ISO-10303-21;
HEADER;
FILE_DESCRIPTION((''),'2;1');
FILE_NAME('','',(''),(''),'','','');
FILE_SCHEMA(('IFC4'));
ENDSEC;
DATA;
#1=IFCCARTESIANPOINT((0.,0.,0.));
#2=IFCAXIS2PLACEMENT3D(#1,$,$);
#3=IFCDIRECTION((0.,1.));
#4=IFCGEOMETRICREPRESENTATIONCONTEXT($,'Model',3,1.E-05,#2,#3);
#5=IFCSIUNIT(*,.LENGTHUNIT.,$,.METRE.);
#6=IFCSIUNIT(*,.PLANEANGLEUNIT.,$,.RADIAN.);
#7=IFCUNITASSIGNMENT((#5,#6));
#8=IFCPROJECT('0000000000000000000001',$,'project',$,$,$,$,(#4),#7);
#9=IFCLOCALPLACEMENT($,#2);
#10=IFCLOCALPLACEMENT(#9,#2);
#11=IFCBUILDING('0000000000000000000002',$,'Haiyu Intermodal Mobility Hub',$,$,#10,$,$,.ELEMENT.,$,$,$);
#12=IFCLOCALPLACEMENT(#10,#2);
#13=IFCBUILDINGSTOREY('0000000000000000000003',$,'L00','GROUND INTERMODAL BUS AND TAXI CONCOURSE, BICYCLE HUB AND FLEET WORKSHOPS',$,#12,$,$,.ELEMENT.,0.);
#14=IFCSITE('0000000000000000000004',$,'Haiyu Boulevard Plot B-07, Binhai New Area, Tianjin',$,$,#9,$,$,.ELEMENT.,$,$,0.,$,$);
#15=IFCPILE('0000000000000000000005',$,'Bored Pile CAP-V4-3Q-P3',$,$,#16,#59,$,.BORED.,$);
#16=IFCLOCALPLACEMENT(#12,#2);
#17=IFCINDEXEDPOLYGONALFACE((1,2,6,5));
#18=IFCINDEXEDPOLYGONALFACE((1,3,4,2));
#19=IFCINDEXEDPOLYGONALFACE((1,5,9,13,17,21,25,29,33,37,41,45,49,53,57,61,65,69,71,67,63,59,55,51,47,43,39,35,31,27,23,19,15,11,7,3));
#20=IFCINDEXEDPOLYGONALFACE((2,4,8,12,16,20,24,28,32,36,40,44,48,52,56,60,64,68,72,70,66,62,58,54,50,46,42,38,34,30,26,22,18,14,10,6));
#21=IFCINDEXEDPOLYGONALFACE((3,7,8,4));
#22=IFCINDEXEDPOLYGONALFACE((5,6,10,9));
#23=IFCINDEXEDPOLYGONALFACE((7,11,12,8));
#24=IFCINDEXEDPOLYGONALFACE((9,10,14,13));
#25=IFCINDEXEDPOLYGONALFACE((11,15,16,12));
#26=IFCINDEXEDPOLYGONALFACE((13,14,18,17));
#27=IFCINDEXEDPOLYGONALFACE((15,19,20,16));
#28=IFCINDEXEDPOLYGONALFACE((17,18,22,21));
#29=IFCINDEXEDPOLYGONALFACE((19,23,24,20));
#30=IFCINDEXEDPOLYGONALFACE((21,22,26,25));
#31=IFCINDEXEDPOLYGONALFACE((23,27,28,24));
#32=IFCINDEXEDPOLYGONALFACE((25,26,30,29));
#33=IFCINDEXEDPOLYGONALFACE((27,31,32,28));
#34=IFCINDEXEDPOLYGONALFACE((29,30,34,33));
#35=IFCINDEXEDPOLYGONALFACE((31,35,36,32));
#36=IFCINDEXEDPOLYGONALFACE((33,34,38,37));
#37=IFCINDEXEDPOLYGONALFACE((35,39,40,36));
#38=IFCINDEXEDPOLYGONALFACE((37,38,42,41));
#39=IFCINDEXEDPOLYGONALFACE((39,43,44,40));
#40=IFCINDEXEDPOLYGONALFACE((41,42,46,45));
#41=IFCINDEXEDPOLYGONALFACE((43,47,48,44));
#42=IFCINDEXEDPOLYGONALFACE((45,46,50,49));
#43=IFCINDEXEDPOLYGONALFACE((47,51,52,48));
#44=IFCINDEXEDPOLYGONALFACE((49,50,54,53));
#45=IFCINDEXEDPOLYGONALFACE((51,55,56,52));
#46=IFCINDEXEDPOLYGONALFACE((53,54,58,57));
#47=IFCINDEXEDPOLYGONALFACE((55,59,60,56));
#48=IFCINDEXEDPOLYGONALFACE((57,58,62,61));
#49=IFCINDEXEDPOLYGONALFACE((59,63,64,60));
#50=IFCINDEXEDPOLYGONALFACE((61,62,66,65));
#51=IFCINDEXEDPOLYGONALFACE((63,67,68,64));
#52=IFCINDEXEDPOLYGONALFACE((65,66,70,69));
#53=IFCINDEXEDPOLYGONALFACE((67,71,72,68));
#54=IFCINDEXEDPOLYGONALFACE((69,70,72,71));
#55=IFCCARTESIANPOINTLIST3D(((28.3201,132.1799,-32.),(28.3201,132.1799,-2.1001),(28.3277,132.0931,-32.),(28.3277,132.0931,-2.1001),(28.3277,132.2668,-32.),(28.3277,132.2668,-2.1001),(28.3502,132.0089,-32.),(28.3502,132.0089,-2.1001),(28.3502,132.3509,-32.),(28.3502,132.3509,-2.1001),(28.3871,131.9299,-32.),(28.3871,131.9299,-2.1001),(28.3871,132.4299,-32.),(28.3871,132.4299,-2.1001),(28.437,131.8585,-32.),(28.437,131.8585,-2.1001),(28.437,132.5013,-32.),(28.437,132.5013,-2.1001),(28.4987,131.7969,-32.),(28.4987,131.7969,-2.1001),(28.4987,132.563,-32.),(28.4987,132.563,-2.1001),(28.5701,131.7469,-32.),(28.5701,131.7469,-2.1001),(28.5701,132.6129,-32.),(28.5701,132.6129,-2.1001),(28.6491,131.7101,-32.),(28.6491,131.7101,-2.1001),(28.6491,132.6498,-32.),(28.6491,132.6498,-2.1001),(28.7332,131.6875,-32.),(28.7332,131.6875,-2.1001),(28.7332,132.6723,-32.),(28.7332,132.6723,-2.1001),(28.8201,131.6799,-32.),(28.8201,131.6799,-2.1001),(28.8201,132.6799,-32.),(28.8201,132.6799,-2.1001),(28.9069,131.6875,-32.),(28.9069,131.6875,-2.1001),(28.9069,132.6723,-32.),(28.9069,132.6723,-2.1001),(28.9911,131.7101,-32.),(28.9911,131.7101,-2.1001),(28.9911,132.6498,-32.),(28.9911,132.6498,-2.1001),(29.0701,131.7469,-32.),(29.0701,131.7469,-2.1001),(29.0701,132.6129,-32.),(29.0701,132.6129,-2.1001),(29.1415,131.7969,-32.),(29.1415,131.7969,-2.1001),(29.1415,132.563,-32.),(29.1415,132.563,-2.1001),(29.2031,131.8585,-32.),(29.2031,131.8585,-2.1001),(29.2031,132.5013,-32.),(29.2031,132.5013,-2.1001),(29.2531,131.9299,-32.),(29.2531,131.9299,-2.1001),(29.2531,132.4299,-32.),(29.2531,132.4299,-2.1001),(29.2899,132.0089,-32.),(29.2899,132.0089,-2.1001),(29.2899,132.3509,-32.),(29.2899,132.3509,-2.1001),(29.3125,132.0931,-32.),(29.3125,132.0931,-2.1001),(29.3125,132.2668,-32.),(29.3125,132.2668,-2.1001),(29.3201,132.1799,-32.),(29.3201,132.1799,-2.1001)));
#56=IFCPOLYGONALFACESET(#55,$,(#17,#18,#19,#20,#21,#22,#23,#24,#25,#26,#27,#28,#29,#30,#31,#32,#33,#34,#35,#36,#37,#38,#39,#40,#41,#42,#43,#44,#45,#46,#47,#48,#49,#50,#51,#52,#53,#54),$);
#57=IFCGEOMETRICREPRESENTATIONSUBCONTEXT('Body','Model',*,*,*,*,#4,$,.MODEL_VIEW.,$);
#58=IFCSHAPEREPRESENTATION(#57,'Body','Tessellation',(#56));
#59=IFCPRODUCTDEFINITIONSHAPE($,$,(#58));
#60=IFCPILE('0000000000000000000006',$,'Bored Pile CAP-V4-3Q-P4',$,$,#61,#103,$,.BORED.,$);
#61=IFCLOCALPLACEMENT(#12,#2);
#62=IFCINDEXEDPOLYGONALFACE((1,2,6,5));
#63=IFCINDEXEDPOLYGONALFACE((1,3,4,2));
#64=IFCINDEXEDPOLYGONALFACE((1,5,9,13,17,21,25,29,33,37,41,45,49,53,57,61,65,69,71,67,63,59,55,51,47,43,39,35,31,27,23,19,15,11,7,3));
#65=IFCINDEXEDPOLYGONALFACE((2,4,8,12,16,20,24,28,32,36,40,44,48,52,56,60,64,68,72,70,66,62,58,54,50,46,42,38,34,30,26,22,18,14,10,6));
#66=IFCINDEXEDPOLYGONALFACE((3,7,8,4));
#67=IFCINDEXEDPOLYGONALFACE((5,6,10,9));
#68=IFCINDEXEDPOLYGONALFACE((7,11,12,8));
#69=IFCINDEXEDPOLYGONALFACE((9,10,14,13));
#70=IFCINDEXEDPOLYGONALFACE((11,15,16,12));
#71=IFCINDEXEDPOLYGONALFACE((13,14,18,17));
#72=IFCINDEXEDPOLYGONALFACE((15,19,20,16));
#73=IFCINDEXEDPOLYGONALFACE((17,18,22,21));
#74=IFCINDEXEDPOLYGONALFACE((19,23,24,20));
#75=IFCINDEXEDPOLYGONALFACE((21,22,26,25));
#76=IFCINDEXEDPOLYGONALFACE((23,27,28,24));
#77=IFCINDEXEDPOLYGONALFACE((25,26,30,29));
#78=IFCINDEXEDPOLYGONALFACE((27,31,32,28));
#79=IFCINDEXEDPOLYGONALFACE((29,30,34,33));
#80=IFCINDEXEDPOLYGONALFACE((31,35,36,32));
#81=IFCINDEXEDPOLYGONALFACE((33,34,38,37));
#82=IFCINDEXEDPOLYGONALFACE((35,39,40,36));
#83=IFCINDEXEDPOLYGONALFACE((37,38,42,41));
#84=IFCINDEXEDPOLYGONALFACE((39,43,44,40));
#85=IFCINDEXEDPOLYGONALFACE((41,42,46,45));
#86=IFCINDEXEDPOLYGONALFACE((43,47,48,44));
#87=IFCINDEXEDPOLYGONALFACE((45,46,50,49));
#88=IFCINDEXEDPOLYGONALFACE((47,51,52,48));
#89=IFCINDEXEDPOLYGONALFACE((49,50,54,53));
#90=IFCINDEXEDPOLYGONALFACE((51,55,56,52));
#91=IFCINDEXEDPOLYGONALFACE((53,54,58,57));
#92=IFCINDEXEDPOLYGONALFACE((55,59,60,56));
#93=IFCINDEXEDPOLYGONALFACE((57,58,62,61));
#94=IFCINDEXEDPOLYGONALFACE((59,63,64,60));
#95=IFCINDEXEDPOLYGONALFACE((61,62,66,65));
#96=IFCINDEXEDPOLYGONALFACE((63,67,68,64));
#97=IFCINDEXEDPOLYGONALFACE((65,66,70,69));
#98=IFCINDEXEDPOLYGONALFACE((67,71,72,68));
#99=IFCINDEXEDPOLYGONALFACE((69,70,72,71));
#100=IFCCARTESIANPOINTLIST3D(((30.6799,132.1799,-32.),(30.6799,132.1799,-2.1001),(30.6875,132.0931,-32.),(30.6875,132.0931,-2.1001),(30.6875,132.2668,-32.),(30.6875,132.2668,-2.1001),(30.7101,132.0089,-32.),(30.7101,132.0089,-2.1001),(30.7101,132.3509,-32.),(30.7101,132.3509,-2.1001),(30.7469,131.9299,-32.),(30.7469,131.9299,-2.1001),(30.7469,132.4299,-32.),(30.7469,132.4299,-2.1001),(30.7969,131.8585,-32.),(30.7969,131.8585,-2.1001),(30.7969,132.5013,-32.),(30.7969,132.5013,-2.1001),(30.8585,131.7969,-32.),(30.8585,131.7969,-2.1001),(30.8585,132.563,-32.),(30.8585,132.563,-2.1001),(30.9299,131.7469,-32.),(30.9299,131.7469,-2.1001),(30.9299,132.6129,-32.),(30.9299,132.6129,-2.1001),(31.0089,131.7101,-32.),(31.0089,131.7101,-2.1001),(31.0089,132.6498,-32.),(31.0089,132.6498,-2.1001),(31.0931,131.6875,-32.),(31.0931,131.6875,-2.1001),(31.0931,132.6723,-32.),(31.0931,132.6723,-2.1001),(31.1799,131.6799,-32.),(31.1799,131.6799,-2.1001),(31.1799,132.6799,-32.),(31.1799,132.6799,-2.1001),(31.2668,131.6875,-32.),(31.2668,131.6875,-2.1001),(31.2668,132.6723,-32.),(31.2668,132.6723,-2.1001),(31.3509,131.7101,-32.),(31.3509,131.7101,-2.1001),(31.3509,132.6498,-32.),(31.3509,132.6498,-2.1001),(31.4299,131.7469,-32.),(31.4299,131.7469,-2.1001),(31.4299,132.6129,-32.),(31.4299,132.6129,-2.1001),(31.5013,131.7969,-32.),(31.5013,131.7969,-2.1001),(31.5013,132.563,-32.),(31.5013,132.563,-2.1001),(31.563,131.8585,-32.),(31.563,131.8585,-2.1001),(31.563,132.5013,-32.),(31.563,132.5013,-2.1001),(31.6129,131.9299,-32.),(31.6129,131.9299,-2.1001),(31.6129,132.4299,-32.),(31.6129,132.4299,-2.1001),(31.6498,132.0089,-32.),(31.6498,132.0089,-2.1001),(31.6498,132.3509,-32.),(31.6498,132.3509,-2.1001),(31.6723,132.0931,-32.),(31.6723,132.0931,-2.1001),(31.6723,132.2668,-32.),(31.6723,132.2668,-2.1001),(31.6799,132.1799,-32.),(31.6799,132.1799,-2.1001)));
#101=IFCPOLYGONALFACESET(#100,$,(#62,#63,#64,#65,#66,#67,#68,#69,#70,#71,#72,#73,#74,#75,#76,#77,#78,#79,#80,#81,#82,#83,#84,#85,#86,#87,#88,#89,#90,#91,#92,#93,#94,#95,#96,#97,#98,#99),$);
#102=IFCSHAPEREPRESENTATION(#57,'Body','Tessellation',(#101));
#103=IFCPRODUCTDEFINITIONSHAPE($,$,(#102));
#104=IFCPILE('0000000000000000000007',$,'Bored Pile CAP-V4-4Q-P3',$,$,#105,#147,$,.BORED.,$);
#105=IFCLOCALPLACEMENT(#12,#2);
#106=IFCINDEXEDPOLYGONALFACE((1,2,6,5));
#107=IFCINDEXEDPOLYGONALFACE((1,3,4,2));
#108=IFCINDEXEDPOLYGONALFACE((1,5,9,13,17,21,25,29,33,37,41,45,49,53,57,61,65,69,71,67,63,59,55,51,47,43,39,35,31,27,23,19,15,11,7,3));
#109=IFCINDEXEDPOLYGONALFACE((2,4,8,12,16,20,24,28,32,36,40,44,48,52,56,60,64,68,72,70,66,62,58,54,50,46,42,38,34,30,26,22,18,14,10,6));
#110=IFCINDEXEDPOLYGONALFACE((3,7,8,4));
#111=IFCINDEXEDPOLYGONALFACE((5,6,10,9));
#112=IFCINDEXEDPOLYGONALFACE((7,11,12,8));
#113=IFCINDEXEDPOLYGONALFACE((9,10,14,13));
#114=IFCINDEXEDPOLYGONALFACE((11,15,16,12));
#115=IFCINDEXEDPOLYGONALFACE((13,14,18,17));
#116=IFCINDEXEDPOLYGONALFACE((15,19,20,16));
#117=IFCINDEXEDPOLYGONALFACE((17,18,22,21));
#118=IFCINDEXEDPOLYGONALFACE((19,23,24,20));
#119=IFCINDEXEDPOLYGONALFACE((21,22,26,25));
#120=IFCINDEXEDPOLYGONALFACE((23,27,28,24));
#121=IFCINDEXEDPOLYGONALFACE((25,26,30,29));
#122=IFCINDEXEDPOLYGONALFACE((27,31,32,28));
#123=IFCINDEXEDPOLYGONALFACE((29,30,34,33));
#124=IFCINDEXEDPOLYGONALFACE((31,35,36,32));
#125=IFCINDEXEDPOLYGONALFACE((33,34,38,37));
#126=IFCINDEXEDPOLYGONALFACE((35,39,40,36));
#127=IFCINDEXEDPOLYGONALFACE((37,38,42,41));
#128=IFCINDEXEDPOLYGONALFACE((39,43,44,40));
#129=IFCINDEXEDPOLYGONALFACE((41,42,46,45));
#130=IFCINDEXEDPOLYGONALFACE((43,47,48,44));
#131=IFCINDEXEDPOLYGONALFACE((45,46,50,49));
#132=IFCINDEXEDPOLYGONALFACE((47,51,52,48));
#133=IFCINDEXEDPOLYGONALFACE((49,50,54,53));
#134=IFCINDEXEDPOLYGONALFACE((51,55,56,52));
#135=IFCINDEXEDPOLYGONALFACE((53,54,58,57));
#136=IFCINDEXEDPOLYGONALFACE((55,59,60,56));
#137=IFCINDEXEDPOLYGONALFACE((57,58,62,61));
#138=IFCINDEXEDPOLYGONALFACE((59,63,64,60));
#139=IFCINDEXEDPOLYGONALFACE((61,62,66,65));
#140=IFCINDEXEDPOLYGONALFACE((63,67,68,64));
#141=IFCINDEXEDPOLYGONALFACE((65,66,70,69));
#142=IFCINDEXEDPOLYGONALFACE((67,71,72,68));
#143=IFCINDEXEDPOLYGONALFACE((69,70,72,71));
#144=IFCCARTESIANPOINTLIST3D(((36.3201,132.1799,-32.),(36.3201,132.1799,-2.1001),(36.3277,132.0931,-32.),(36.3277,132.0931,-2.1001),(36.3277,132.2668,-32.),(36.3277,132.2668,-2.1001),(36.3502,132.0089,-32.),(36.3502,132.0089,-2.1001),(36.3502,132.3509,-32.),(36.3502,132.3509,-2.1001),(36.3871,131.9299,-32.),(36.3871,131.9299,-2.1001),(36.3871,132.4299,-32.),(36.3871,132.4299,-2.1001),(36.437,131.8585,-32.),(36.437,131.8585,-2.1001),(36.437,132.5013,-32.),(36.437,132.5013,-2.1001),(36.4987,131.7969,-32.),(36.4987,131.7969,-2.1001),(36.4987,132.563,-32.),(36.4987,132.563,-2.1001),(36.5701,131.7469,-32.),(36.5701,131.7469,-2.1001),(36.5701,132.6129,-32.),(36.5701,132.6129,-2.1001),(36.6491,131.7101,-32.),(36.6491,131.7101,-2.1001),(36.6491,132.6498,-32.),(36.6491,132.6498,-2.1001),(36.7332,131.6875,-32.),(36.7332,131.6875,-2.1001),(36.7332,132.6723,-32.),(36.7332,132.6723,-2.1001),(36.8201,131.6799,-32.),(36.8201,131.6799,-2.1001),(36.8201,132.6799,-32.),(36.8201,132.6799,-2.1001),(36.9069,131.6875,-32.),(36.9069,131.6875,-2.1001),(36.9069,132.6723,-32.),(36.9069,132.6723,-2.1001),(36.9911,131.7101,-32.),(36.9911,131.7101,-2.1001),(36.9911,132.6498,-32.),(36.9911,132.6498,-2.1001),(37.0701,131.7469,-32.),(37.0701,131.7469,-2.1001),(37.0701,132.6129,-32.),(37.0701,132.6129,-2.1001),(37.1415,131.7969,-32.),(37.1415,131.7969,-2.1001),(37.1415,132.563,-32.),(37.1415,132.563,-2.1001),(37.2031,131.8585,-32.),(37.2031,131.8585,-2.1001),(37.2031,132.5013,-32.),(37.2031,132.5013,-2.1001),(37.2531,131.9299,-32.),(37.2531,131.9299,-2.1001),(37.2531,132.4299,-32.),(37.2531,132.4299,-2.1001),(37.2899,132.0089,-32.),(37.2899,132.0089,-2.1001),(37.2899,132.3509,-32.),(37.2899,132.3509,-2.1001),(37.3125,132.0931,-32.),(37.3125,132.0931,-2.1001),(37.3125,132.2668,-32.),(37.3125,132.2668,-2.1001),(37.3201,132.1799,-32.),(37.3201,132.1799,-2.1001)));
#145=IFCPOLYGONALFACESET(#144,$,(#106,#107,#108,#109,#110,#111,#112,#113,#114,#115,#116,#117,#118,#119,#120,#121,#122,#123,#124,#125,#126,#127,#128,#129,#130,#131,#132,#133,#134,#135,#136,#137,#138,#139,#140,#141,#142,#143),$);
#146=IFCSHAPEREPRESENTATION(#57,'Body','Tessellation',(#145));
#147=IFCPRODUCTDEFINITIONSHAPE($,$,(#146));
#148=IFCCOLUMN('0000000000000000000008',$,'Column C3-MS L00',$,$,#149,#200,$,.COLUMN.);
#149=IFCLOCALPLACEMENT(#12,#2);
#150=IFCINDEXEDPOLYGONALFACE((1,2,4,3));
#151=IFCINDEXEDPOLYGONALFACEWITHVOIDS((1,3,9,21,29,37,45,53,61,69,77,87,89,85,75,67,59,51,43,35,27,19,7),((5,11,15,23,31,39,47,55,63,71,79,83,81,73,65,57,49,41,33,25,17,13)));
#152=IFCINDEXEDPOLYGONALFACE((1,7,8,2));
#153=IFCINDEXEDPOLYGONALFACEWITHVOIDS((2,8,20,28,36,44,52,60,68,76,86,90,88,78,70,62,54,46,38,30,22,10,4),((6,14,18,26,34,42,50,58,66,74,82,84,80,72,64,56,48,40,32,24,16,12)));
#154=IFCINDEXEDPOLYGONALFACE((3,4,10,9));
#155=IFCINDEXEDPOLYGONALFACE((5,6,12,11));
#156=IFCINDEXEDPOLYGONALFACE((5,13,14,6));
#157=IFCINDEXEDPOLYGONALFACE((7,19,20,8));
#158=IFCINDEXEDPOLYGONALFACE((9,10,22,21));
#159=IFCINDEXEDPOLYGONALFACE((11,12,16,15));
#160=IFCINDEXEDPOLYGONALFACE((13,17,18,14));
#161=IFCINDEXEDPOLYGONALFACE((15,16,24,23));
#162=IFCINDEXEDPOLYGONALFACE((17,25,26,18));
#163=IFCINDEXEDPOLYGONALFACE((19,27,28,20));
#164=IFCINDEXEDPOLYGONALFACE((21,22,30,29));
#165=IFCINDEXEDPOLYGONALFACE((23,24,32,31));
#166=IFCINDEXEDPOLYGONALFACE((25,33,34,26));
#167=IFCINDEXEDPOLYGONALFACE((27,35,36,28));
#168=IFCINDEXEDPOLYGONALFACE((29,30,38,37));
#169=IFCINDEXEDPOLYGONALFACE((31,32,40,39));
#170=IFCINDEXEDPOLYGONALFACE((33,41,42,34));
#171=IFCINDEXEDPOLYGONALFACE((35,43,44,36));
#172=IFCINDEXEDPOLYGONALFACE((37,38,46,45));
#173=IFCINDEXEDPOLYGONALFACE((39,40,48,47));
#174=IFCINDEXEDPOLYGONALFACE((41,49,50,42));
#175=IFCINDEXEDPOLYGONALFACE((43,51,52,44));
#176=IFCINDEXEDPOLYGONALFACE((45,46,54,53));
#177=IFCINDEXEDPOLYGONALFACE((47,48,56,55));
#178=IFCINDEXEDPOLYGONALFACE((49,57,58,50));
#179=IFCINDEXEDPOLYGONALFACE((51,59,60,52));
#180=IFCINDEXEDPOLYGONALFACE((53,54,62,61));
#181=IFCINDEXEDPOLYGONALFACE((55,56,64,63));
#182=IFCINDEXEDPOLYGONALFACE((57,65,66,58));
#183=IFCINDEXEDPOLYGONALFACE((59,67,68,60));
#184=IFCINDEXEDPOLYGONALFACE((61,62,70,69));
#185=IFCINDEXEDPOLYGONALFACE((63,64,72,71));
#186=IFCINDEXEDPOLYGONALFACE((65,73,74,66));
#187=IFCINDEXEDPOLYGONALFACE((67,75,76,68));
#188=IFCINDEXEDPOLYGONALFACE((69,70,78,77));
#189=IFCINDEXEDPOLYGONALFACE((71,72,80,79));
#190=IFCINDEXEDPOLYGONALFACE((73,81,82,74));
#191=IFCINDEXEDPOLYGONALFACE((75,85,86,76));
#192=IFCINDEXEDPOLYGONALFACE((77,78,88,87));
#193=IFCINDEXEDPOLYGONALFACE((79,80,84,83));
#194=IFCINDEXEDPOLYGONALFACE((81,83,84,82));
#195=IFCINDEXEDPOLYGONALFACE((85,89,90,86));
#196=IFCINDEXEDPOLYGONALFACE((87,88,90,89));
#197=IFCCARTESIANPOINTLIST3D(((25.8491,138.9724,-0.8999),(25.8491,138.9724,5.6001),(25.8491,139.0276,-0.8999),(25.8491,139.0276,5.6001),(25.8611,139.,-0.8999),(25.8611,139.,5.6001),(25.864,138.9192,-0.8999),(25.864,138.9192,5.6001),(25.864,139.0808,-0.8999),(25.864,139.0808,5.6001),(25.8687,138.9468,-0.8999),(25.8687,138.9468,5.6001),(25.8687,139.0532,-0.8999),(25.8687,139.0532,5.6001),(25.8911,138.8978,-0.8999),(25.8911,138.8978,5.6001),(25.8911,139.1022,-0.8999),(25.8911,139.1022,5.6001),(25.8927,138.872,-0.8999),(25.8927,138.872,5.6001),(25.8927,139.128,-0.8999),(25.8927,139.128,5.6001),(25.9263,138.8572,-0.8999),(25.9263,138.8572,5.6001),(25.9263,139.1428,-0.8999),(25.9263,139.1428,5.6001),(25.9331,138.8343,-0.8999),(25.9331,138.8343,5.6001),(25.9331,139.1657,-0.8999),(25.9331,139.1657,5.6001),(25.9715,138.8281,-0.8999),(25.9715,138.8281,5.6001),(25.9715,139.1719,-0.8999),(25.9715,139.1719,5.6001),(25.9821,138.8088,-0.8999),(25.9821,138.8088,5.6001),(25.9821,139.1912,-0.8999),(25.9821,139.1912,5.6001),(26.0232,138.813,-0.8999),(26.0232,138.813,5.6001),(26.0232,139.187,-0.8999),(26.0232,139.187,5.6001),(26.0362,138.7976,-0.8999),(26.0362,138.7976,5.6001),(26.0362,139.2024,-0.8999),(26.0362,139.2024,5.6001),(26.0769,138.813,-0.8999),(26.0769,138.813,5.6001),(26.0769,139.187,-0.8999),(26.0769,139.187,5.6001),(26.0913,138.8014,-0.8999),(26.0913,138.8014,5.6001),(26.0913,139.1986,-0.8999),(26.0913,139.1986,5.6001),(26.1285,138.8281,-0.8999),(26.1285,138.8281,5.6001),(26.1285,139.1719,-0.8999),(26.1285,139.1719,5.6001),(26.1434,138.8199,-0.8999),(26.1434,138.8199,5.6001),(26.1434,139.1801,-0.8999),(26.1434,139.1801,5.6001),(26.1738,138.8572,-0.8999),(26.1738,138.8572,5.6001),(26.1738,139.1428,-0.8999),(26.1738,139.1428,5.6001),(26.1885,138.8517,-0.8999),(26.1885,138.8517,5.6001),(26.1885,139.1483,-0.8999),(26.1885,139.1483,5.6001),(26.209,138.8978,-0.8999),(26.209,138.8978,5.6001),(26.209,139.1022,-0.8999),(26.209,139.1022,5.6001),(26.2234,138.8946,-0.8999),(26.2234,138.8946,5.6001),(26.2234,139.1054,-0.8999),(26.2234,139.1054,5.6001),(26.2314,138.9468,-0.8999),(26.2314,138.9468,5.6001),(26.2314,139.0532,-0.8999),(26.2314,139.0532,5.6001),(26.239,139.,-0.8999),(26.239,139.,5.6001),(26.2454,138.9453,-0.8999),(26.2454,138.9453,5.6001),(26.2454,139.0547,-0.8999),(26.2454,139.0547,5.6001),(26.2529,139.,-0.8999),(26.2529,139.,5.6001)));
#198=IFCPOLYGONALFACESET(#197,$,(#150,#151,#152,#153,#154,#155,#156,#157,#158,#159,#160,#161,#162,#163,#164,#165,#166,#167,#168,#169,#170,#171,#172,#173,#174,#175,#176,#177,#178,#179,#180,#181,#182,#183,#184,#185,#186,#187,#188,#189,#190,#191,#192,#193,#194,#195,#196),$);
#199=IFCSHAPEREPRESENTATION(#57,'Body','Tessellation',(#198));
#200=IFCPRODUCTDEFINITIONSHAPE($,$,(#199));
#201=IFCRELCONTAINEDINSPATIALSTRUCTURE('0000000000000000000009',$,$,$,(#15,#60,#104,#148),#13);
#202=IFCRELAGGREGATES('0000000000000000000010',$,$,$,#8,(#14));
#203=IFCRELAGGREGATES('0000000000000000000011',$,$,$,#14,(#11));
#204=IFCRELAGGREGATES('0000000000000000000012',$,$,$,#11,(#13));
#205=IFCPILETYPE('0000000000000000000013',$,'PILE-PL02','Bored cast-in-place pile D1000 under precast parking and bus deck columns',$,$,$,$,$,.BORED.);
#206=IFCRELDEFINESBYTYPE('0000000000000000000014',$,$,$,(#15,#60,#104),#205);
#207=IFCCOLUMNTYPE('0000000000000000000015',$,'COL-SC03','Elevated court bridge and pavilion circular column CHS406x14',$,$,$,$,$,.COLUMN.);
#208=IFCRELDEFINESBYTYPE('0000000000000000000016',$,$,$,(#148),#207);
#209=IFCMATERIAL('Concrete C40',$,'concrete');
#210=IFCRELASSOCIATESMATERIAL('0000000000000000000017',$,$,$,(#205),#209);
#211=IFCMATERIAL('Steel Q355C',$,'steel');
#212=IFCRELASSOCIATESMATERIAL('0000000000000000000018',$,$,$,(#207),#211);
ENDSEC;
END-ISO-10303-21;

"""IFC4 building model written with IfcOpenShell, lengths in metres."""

from ifc_helpers import new_model, si_unit, direction, frame, origin, origin_2d, place, context, subcontext, project, spatial, circle, hollow_circle, extrude, material, material_profile, profile_set, type_object, element, save


model = new_model("IFC4")

# Units and contexts
model_context = context("Model", 3, precision=1e-05, world=origin(), true_north=direction((0.0, 1.0)))
body_context = subcontext(model_context, "Body", "Model", "MODEL_VIEW")
ifc_project = project(units=[si_unit("LENGTHUNIT", "METRE"), si_unit("PLANEANGLEUNIT", "RADIAN")], contexts=[model_context])

# Site, building, storey
site_placement = place(None, origin())
site = spatial("IfcSite", under=ifc_project, at=site_placement, Name="Haiyu Boulevard Plot B-07, Binhai New Area, Tianjin", CompositionType="ELEMENT", RefElevation=0.0)
building_placement = place(site_placement, origin())
building = spatial("IfcBuilding", under=site, at=building_placement, Name="Haiyu Intermodal Mobility Hub", CompositionType="ELEMENT")
storey_placement = place(building_placement, origin())
storey = spatial("IfcBuildingStorey", under=building, at=storey_placement, Name="L00", Description="GROUND INTERMODAL BUS AND TAXI CONCOURSE, BICYCLE HUB AND FLEET WORKSHOPS", CompositionType="ELEMENT", Elevation=0.0)

# Piles
ifc_material_1 = material(Name="Concrete C40", Category="concrete")
ifc_material_profile_1 = material_profile(ifc_material_1, circle(Radius=0.5, at=origin_2d()), Name="PILE-D1000")
ifc_profile_set_1 = profile_set([ifc_material_profile_1], Name="Concrete C40")
pile_type = type_object("IfcPileType", Name="PILE-PL02", Description="Bored cast-in-place pile D1000 under precast parking and bus deck columns", PredefinedType="BORED", material=ifc_profile_set_1)
for number, where, z_axis, x_axis, name in (
    (1, (28.8201, 132.1799, -2.1001), (0.0, 0.0, -1.0), (1.0, 0.0, 0.0), "Bored Pile CAP-V4-3Q-P3"),
    (2, (31.1799, 132.1799, -2.1001), (0.0, 0.0, -1.0), (1.0, 0.0, 0.0), "Bored Pile CAP-V4-3Q-P4"),
    (3, (36.8201, 132.1799, -2.1001), (0.0, 0.0, -1.0), (1.0, 0.0, 0.0), "Bored Pile CAP-V4-4Q-P3"),
):
    element("IfcPile", number, at=place(storey_placement, frame(where, z_axis=z_axis, x_axis=x_axis)), inside=storey, type_object=pile_type, Name=name, PredefinedType="BORED", context=body_context, shape_type="SweptSolid", body=[
        extrude(circle(Radius=0.5, at=origin_2d()), origin(), (0.0, 0.0, 1.0), 29.8999),
    ])

# Column
ifc_material_2 = material(Name="Steel Q355C", Category="steel")
ifc_material_profile_2 = material_profile(ifc_material_2, hollow_circle(Radius=0.2029, WallThickness=0.0139, at=origin_2d()), Name="CHS406x14")
ifc_profile_set_2 = profile_set([ifc_material_profile_2], Name="Steel Q355C")
column_type_1 = type_object("IfcColumnType", Name="COL-SC03", Description="Elevated court bridge and pavilion circular column CHS406x14", PredefinedType="COLUMN", material=ifc_profile_set_2)
for number, where, z_axis, x_axis, name in (
    (4, (26.05, 139.0, -0.8999), (0.0, 0.0, 1.0), (1.0, 0.0, 0.0), "Column C3-MS L00"),
):
    element("IfcColumn", number, at=place(storey_placement, frame(where, z_axis=z_axis, x_axis=x_axis)), inside=storey, type_object=column_type_1, Name=name, PredefinedType="COLUMN", context=body_context, shape_type="SweptSolid", body=[
        extrude(hollow_circle(Radius=0.2029, WallThickness=0.0139, at=origin_2d()), origin(), (0.0, 0.0, 1.0), 6.5),
    ])

save(model, "model.ifc")
